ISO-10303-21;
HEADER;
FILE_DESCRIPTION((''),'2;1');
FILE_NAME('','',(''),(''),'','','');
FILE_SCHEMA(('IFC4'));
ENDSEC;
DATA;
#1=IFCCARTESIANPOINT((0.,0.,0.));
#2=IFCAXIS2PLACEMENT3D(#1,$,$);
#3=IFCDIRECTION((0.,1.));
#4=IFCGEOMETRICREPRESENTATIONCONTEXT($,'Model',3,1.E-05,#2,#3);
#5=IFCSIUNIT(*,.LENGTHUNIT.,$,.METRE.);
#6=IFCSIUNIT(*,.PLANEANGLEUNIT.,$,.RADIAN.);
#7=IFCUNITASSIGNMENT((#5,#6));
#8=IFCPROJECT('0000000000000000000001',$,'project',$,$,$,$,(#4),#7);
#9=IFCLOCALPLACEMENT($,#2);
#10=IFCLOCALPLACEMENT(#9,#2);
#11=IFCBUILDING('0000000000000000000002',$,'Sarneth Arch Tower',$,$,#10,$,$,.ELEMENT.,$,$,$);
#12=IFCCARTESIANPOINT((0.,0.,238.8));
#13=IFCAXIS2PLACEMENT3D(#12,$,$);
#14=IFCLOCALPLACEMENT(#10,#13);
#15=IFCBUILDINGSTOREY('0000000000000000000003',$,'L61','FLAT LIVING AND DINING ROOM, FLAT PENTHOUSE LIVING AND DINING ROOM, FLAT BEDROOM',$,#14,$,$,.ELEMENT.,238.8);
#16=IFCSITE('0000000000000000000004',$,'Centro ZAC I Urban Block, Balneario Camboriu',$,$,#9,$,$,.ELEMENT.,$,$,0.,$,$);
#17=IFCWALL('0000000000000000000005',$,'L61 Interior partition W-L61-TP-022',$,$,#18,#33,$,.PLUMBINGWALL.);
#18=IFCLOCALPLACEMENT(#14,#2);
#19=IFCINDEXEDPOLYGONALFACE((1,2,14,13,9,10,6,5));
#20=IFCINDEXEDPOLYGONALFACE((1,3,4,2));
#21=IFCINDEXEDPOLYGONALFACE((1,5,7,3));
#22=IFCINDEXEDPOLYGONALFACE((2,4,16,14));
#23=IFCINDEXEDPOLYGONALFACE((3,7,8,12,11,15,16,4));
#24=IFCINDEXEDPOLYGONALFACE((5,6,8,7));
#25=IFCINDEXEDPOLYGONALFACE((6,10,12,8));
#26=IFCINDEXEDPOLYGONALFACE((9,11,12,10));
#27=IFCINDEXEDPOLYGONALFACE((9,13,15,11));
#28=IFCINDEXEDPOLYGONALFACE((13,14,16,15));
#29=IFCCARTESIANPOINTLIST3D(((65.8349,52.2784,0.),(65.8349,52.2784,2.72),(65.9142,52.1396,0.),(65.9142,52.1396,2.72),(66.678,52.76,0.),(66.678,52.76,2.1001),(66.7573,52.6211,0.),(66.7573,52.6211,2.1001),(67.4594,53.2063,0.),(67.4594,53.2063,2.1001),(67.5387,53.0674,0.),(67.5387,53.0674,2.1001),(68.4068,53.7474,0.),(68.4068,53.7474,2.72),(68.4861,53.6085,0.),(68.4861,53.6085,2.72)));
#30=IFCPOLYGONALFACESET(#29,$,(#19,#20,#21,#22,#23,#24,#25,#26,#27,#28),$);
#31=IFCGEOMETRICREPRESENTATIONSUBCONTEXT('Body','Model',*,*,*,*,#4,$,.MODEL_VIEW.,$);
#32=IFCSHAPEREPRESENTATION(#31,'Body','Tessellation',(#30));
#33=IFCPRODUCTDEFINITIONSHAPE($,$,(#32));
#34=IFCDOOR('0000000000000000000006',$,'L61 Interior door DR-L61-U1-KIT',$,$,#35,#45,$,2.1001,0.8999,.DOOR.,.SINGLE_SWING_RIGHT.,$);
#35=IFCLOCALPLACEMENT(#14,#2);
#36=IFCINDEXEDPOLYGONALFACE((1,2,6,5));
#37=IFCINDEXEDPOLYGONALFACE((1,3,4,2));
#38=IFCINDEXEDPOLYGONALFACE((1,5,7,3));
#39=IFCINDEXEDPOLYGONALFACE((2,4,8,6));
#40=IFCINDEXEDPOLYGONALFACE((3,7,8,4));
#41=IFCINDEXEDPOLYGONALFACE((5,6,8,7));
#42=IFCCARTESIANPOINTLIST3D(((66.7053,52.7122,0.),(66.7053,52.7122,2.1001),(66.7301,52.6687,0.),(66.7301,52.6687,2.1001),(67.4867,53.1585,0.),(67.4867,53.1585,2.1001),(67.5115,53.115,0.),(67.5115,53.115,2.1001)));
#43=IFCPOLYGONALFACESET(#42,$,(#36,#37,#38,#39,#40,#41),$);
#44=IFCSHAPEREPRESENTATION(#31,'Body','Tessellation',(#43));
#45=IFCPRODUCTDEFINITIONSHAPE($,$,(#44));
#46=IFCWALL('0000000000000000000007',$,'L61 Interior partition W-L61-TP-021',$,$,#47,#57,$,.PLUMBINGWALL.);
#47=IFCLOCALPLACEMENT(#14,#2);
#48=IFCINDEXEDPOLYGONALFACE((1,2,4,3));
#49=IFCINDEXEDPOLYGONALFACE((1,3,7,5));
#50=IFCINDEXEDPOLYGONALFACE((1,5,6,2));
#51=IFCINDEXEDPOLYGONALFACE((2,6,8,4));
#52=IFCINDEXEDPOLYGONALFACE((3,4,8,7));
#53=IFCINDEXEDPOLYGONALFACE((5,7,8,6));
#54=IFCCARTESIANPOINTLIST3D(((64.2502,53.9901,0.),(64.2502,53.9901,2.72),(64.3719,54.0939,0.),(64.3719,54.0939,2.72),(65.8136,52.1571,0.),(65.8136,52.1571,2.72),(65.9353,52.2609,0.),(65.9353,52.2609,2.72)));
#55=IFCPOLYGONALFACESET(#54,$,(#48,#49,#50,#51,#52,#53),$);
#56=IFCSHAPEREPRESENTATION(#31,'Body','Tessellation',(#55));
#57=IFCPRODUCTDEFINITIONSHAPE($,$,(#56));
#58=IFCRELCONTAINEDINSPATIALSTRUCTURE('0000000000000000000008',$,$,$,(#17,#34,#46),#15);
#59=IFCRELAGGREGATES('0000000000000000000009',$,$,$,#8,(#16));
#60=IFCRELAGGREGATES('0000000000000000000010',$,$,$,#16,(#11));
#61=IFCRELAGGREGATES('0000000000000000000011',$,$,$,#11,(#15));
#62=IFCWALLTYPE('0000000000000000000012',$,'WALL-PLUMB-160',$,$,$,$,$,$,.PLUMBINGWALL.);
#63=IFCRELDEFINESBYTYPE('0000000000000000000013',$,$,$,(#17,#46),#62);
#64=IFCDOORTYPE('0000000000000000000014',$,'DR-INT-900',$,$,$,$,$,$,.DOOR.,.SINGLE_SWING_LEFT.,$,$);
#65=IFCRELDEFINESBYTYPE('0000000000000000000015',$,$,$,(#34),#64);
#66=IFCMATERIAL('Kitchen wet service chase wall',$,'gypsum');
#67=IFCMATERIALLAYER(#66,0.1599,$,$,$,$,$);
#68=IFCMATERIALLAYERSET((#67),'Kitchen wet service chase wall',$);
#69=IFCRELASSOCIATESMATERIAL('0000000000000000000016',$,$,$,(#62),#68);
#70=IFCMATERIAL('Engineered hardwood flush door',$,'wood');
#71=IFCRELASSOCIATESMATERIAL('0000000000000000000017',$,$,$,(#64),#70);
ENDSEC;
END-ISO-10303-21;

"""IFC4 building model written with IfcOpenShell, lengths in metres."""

from ifc_helpers import new_model, si_unit, direction, frame, frame_2d, origin, place, context, subcontext, project, spatial, rectangle, extrude, material, layer, layer_set, type_object, element, fill, save


model = new_model("IFC4")

# Units and contexts
model_context = context("Model", 3, precision=1e-05, world=origin(), true_north=direction((0.0, 1.0)))
body_context = subcontext(model_context, "Body", "Model", "MODEL_VIEW")
ifc_project = project(units=[si_unit("LENGTHUNIT", "METRE"), si_unit("PLANEANGLEUNIT", "RADIAN")], contexts=[model_context])

# Site, building, storey
site_placement = place(None, origin())
site = spatial("IfcSite", under=ifc_project, at=site_placement, Name="Centro ZAC I Urban Block, Balneario Camboriu", CompositionType="ELEMENT", RefElevation=0.0)
building_placement = place(site_placement, origin())
building = spatial("IfcBuilding", under=site, at=building_placement, Name="Sarneth Arch Tower", CompositionType="ELEMENT")
storey_placement = place(building_placement, frame((0.0, 0.0, 238.8)))
storey = spatial("IfcBuildingStorey", under=building, at=storey_placement, Name="L61", Description="FLAT LIVING AND DINING ROOM, FLAT PENTHOUSE LIVING AND DINING ROOM, FLAT BEDROOM", CompositionType="ELEMENT", Elevation=238.8)

# Shared definitions
ifc_material_1 = material(Name="Kitchen wet service chase wall", Category="gypsum")
ifc_layer_1 = layer(ifc_material_1, 0.1599)
ifc_layer_set_1 = layer_set([ifc_layer_1], Name="Kitchen wet service chase wall")
wall_type_1 = type_object("IfcWallType", Name="WALL-PLUMB-160", PredefinedType="PLUMBINGWALL", material=ifc_layer_set_1)

# Wall, opening, door
wall_1_placement = place(storey_placement, frame((65.8745, 52.209, 0.0), z_axis=(0.0, 0.0, 1.0), x_axis=(0.86835, 0.495953, 0.0)))
wall_1 = element("IfcWall", 1, at=wall_1_placement, inside=storey, type_object=wall_type_1, Name="L61 Interior partition W-L61-TP-022", PredefinedType="PLUMBINGWALL", context=body_context, shape_type="SweptSolid", body=[
    extrude(rectangle(XDim=2.9619, YDim=0.1599, at=frame_2d((1.481, 0.0))), origin(), (0.0, 0.0, 1.0), 2.72),
])
opening_1_placement = place(wall_1_placement, frame((0.9709, 0.0, 0.0)))
opening_1 = element("IfcOpeningElement", 2, at=opening_1_placement, cuts=wall_1, PredefinedType="OPENING", context=body_context, shape_type="SweptSolid", body=[
    extrude(rectangle(XDim=0.8999, YDim=2.1001, at=frame_2d((0.45, 1.05))), frame((0.0, 0.0898, 0.0), z_axis=(0.0, -1.0, 0.0), x_axis=(1.0, 0.0, 0.0)), (0.0, 0.0, 1.0), 0.1799),
])
ifc_material_2 = material(Name="Engineered hardwood flush door", Category="wood")
door_type_1 = type_object("IfcDoorType", Name="DR-INT-900", OperationType="SINGLE_SWING_LEFT", PredefinedType="DOOR", material=ifc_material_2)
door_1_placement = place(opening_1_placement, origin())
door_1 = element("IfcDoor", 3, at=door_1_placement, inside=storey, type_object=door_type_1, Name="L61 Interior door DR-L61-U1-KIT", OperationType="SINGLE_SWING_RIGHT", OverallHeight=2.1001, OverallWidth=0.8999, PredefinedType="DOOR", context=body_context, shape_type="SweptSolid", body=[
    extrude(rectangle(XDim=0.8999, YDim=2.1001, at=frame_2d((0.45, 1.05))), frame((0.0, 0.0249, 0.0), z_axis=(0.0, -1.0, 0.0), x_axis=(1.0, 0.0, 0.0)), (0.0, 0.0, 1.0), 0.05),
])
fill(opening_1, door_1)

# Wall
wall_2_placement = place(storey_placement, frame((64.311, 54.042, 0.0), z_axis=(0.0, 0.0, 1.0), x_axis=(0.648954, -0.760828, 0.0)))
element("IfcWall", 4, at=wall_2_placement, inside=storey, type_object=wall_type_1, Name="L61 Interior partition W-L61-TP-021", PredefinedType="PLUMBINGWALL", context=body_context, shape_type="SweptSolid", body=[
    extrude(rectangle(XDim=2.4092, YDim=0.1599, at=frame_2d((1.2046, 0.0))), origin(), (0.0, 0.0, 1.0), 2.72),
])

save(model, "model.ifc")
